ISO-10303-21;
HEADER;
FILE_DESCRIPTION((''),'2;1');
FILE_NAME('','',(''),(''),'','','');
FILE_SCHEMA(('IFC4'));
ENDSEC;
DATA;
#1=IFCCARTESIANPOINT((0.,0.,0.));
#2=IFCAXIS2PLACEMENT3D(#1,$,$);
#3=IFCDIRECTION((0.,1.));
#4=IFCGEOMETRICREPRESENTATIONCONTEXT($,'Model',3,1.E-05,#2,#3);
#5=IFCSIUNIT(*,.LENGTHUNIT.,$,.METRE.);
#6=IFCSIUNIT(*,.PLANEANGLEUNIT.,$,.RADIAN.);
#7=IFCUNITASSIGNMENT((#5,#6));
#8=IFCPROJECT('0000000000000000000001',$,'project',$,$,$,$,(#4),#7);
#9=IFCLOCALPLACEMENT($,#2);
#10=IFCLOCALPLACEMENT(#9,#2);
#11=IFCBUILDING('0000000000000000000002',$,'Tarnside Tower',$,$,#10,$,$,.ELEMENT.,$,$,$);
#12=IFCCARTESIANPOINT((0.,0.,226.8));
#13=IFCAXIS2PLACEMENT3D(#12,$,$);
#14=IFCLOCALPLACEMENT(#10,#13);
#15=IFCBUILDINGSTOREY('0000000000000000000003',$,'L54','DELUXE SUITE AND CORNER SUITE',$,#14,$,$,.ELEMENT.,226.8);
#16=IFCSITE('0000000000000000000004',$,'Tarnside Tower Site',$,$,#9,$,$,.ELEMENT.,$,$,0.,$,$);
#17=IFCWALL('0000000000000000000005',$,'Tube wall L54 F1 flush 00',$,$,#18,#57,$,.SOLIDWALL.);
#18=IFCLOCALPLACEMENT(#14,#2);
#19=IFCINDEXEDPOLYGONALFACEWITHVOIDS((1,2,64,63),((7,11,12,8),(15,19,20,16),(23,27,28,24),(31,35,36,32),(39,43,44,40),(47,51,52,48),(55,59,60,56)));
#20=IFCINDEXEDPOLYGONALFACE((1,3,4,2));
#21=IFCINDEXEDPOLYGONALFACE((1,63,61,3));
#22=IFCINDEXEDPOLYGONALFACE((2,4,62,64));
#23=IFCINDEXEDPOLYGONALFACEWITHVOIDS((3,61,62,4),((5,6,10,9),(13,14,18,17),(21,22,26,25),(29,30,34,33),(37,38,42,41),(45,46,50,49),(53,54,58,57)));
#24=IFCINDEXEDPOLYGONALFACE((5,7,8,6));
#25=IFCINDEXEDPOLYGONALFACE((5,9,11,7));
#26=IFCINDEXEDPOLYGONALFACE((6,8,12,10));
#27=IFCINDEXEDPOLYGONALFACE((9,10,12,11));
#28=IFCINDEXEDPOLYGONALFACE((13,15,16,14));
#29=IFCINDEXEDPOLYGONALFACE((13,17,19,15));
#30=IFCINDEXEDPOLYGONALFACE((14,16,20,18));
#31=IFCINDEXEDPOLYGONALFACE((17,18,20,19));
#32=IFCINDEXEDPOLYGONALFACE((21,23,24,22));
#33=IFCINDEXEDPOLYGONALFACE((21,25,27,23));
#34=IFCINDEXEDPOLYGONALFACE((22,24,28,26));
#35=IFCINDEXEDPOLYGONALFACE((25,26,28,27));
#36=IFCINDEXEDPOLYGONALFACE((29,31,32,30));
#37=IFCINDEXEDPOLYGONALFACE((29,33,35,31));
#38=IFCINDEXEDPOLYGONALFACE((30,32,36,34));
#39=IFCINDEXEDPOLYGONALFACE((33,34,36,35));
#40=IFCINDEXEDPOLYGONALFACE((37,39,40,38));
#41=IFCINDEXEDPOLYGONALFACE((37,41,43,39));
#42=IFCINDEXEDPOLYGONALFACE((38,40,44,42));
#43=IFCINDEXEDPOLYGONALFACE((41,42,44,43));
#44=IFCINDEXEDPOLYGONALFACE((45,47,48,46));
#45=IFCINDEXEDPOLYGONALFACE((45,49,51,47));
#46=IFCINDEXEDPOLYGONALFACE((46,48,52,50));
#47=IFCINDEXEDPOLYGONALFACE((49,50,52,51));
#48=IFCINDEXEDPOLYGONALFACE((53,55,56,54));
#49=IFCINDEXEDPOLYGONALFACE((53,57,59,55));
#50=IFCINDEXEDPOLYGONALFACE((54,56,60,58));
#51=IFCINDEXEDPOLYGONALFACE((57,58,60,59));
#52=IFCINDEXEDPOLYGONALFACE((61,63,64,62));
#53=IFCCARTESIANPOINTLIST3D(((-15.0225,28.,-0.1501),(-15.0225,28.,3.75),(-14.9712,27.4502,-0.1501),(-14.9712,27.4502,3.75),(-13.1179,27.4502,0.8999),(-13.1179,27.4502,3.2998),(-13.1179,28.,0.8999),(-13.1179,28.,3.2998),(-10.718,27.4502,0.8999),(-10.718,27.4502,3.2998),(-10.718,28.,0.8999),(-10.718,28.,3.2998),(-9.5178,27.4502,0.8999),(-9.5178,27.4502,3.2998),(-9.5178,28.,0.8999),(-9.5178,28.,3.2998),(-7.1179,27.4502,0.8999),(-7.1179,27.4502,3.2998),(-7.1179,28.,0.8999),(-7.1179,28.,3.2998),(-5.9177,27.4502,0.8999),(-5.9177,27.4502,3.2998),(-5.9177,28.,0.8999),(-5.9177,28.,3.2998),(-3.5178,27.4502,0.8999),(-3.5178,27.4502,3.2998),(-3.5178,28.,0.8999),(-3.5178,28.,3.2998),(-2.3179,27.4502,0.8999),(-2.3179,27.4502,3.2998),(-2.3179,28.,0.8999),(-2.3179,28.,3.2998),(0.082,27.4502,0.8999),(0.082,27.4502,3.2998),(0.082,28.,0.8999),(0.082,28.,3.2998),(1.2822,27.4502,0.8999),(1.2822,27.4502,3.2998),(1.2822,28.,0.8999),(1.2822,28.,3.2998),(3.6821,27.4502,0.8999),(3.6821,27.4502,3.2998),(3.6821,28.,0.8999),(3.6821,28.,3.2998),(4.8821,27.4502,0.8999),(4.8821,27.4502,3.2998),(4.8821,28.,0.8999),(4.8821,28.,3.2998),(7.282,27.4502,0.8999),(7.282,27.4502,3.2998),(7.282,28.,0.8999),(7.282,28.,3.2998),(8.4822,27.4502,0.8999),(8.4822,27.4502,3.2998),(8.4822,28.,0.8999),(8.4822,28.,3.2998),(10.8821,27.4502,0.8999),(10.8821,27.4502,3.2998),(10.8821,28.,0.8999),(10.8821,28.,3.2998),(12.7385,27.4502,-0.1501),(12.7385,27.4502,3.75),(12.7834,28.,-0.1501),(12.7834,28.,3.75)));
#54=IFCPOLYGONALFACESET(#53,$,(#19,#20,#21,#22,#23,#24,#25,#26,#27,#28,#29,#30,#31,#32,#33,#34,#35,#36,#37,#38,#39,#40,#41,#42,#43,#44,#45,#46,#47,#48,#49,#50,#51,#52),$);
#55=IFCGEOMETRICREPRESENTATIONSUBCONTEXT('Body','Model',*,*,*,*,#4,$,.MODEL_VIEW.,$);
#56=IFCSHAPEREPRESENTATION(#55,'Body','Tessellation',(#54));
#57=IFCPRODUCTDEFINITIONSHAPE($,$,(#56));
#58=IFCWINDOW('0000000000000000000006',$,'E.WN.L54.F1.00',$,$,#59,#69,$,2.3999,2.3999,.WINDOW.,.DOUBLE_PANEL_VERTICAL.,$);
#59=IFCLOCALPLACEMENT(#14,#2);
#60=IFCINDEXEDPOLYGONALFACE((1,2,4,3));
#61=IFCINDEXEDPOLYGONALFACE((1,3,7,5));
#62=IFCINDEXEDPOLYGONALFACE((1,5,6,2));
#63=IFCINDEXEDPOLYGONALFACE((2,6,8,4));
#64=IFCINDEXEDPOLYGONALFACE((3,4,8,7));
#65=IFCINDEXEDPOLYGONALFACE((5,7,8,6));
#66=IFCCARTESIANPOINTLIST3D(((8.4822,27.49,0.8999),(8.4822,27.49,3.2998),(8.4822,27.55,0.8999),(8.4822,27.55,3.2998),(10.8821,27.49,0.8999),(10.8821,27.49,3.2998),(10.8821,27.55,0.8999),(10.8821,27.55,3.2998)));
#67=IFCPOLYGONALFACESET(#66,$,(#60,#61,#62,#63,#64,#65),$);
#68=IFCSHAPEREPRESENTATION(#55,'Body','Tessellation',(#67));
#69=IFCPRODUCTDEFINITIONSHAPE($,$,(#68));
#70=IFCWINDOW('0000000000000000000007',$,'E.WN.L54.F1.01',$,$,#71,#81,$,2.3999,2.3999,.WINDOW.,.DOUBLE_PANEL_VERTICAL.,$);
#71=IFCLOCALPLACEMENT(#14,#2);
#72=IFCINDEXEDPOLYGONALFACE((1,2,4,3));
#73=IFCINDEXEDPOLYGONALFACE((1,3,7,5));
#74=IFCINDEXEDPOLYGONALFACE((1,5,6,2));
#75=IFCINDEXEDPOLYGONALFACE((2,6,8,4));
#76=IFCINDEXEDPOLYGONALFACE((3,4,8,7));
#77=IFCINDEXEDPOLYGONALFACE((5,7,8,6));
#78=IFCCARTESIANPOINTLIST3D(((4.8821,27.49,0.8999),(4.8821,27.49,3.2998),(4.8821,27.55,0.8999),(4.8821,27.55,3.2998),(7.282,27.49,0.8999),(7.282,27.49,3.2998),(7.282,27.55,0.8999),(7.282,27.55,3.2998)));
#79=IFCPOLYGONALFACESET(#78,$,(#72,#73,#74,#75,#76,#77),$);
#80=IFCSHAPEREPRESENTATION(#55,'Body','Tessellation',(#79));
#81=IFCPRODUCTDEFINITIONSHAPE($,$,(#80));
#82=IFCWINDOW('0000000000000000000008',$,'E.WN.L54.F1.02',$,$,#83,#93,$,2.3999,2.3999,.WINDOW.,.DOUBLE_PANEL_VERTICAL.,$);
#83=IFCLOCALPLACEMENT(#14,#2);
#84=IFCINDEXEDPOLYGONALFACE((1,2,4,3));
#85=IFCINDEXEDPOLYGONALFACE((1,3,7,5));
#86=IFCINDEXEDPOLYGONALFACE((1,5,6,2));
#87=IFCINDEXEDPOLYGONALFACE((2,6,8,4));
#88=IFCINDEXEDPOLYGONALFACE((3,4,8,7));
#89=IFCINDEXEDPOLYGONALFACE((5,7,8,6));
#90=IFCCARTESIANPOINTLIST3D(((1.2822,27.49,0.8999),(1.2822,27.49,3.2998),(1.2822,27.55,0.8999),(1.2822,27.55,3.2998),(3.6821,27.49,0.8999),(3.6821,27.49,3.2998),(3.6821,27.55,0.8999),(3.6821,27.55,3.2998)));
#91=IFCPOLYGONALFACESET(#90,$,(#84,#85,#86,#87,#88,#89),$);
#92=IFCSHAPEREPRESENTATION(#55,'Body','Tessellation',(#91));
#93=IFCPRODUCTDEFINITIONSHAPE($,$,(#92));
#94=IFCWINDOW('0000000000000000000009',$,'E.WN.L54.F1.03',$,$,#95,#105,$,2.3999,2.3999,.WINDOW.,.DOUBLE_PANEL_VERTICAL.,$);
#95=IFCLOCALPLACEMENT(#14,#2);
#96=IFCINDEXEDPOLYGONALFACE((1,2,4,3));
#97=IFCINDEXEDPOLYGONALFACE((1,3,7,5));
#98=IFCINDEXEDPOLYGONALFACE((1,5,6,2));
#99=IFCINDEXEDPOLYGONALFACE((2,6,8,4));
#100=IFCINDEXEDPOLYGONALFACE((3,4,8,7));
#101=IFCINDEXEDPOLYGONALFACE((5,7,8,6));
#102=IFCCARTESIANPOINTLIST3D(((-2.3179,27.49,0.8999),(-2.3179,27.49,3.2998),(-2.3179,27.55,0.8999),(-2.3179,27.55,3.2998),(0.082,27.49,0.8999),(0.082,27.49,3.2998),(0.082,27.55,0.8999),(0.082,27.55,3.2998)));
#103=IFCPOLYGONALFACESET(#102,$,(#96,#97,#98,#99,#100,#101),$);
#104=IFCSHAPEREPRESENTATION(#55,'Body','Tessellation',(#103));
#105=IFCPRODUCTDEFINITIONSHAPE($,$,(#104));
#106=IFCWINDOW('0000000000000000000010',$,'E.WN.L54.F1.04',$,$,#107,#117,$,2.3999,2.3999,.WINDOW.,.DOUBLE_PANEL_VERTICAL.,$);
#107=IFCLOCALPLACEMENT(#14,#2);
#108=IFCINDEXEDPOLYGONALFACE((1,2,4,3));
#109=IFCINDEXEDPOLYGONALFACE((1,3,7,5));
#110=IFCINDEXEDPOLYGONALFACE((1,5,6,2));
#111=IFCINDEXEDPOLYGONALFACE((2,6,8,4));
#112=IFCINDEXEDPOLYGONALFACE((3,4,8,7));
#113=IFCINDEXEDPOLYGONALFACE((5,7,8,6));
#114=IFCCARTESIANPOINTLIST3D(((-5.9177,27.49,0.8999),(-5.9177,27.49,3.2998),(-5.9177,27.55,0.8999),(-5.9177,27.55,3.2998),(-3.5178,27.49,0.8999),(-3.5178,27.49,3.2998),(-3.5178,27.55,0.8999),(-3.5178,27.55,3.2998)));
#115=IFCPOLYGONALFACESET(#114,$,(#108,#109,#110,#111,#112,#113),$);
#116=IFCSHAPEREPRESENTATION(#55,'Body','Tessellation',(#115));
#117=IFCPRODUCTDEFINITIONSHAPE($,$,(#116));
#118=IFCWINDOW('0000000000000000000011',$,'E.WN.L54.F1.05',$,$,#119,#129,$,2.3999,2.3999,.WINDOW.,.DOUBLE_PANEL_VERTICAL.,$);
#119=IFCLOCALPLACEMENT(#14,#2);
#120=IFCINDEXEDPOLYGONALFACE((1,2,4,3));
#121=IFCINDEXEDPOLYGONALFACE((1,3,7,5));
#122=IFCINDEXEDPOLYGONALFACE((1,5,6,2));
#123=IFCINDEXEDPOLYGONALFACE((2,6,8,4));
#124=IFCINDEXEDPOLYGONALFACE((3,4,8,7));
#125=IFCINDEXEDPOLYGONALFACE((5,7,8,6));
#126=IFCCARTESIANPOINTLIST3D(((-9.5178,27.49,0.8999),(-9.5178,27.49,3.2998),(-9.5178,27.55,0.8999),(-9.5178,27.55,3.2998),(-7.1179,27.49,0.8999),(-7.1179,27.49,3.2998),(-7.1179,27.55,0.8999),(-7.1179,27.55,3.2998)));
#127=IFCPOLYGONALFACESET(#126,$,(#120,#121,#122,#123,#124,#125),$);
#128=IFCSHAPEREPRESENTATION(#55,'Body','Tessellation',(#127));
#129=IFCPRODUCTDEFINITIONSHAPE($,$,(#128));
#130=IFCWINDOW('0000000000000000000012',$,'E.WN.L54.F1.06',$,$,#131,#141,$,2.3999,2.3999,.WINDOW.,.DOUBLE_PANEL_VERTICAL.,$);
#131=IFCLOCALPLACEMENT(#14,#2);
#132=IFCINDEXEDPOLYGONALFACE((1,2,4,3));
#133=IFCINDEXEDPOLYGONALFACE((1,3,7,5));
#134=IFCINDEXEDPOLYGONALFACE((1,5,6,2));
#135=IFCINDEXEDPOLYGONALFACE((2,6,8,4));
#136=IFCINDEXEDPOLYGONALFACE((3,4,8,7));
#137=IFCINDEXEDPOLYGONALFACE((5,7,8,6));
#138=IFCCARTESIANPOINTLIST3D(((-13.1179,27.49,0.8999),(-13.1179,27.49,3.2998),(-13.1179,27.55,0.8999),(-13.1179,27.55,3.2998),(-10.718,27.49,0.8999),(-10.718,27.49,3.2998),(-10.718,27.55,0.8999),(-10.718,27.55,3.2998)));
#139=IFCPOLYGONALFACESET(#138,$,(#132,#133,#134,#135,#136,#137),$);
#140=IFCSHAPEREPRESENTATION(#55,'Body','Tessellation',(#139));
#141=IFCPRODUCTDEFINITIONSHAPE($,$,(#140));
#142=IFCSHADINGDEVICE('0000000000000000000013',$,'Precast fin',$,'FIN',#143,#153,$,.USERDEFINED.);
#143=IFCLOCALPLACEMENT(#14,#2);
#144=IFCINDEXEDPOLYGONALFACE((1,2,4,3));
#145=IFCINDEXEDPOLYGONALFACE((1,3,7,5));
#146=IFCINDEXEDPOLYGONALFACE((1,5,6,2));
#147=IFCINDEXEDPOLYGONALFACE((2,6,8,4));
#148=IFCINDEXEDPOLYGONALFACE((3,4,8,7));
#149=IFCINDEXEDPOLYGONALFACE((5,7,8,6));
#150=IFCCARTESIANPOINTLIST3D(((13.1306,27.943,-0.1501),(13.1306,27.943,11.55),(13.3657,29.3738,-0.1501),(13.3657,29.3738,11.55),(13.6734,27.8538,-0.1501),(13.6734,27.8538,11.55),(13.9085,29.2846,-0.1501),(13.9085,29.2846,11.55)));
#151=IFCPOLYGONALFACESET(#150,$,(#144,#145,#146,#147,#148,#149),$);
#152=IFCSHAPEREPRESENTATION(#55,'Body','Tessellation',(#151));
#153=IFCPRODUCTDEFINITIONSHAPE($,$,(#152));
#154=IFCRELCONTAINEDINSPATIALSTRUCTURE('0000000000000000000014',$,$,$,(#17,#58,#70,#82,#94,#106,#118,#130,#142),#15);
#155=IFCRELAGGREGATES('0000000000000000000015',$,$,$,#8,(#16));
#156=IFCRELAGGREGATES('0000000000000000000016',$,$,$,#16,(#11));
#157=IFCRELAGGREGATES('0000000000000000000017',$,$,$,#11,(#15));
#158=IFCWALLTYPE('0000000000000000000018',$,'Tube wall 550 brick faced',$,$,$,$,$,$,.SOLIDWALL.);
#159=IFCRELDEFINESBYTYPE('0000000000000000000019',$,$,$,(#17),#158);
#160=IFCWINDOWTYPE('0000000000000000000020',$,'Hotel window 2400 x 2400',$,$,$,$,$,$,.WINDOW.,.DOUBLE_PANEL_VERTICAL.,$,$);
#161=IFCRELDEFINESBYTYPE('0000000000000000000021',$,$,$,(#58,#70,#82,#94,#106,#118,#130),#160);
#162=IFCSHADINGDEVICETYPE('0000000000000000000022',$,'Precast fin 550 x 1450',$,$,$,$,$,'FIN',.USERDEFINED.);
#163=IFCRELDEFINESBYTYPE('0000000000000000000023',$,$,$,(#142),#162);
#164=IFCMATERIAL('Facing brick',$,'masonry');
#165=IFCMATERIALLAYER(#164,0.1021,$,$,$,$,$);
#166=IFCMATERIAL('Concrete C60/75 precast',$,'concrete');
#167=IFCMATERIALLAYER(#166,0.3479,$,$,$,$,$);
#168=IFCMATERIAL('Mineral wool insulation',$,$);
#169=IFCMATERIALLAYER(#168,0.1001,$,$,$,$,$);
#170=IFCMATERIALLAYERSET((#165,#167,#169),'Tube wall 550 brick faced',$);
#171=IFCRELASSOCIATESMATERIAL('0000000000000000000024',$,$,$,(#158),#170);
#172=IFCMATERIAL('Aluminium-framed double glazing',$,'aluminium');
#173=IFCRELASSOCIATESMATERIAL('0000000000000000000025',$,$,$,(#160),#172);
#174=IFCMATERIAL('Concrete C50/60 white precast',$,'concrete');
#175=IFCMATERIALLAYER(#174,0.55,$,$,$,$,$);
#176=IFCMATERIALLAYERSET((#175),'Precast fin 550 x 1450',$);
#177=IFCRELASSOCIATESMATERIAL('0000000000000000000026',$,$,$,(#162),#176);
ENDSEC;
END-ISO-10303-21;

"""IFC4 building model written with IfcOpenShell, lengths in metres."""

from ifc_helpers import new_model, si_unit, direction, frame, frame_2d, origin, place, context, subcontext, project, spatial, polyline, rectangle, outline, extrude, material, layer, layer_set, type_object, element, fill, save


model = new_model("IFC4")

# Units and contexts
model_context = context("Model", 3, precision=1e-05, world=origin(), true_north=direction((0.0, 1.0)))
body_context = subcontext(model_context, "Body", "Model", "MODEL_VIEW")
ifc_project = project(units=[si_unit("LENGTHUNIT", "METRE"), si_unit("PLANEANGLEUNIT", "RADIAN")], contexts=[model_context])

# Site, building, storey
site_placement = place(None, origin())
site = spatial("IfcSite", under=ifc_project, at=site_placement, Name="Tarnside Tower Site", CompositionType="ELEMENT", RefElevation=0.0)
building_placement = place(site_placement, origin())
building = spatial("IfcBuilding", under=site, at=building_placement, Name="Tarnside Tower", CompositionType="ELEMENT")
storey_placement = place(building_placement, frame((0.0, 0.0, 226.8)))
storey = spatial("IfcBuildingStorey", under=building, at=storey_placement, Name="L54", Description="DELUXE SUITE AND CORNER SUITE", CompositionType="ELEMENT", Elevation=226.8)

# Wall, openings, windows
ifc_material_1 = material(Name="Facing brick", Category="masonry")
ifc_layer_1 = layer(ifc_material_1, 0.1021)
ifc_material_2 = material(Name="Concrete C60/75 precast", Category="concrete")
ifc_layer_2 = layer(ifc_material_2, 0.3479)
ifc_material_3 = material(Name="Mineral wool insulation")
ifc_layer_3 = layer(ifc_material_3, 0.1001)
ifc_layer_set_1 = layer_set([ifc_layer_1, ifc_layer_2, ifc_layer_3], Name="Tube wall 550 brick faced")
wall_type = type_object("IfcWallType", Name="Tube wall 550 brick faced", PredefinedType="SOLIDWALL", material=ifc_layer_set_1)
wall_placement = place(storey_placement, frame((12.761, 27.7251, -0.1501), z_axis=(0.0, 0.0, 1.0), x_axis=(-1.0, 0.0, 0.0)))
wall = element("IfcWall", 1, at=wall_placement, inside=storey, type_object=wall_type, Name="Tube wall L54 F1 flush 00", PredefinedType="SOLIDWALL", context=body_context, shape_type="SweptSolid", body=[
    extrude(outline(polyline([(-0.0225, -0.2749), (27.7834, -0.2749), (27.7322, 0.2749), (0.0225, 0.2749), (-0.0225, -0.2749)])), origin(), (0.0, 0.0, 1.0), 3.9001),
])
opening_1_placement = place(wall_placement, frame((1.8789, 0.0, 1.05)))
opening_1 = element("IfcOpeningElement", 2, at=opening_1_placement, cuts=wall, PredefinedType="OPENING", context=body_context, shape_type="SweptSolid", body=[
    extrude(rectangle(XDim=2.3999, YDim=2.3999, at=frame_2d((1.2, 1.2))), frame((0.0, 0.2852, 0.0), z_axis=(0.0, -1.0, 0.0), x_axis=(1.0, 0.0, 0.0)), (0.0, 0.0, 1.0), 0.5701),
])
opening_2_placement = place(wall_placement, frame((5.479, 0.0, 1.05)))
opening_2 = element("IfcOpeningElement", 3, at=opening_2_placement, cuts=wall, PredefinedType="OPENING", context=body_context, shape_type="SweptSolid", body=[
    extrude(rectangle(XDim=2.3999, YDim=2.3999, at=frame_2d((1.2, 1.2))), frame((0.0, 0.2852, 0.0), z_axis=(0.0, -1.0, 0.0), x_axis=(1.0, 0.0, 0.0)), (0.0, 0.0, 1.0), 0.5701),
])
opening_3_placement = place(wall_placement, frame((9.0789, 0.0, 1.05)))
opening_3 = element("IfcOpeningElement", 4, at=opening_3_placement, cuts=wall, PredefinedType="OPENING", context=body_context, shape_type="SweptSolid", body=[
    extrude(rectangle(XDim=2.3999, YDim=2.3999, at=frame_2d((1.2, 1.2))), frame((0.0, 0.2852, 0.0), z_axis=(0.0, -1.0, 0.0), x_axis=(1.0, 0.0, 0.0)), (0.0, 0.0, 1.0), 0.5701),
])
opening_4_placement = place(wall_placement, frame((12.679, 0.0, 1.05)))
opening_4 = element("IfcOpeningElement", 5, at=opening_4_placement, cuts=wall, PredefinedType="OPENING", context=body_context, shape_type="SweptSolid", body=[
    extrude(rectangle(XDim=2.3999, YDim=2.3999, at=frame_2d((1.2, 1.2))), frame((0.0, 0.2852, 0.0), z_axis=(0.0, -1.0, 0.0), x_axis=(1.0, 0.0, 0.0)), (0.0, 0.0, 1.0), 0.5701),
])
opening_5_placement = place(wall_placement, frame((16.2788, 0.0, 1.05)))
opening_5 = element("IfcOpeningElement", 6, at=opening_5_placement, cuts=wall, PredefinedType="OPENING", context=body_context, shape_type="SweptSolid", body=[
    extrude(rectangle(XDim=2.3999, YDim=2.3999, at=frame_2d((1.2, 1.2))), frame((0.0, 0.2852, 0.0), z_axis=(0.0, -1.0, 0.0), x_axis=(1.0, 0.0, 0.0)), (0.0, 0.0, 1.0), 0.5701),
])
opening_6_placement = place(wall_placement, frame((19.8789, 0.0, 1.05)))
opening_6 = element("IfcOpeningElement", 7, at=opening_6_placement, cuts=wall, PredefinedType="OPENING", context=body_context, shape_type="SweptSolid", body=[
    extrude(rectangle(XDim=2.3999, YDim=2.3999, at=frame_2d((1.2, 1.2))), frame((0.0, 0.2852, 0.0), z_axis=(0.0, -1.0, 0.0), x_axis=(1.0, 0.0, 0.0)), (0.0, 0.0, 1.0), 0.5701),
])
opening_7_placement = place(wall_placement, frame((23.479, 0.0, 1.05)))
opening_7 = element("IfcOpeningElement", 8, at=opening_7_placement, cuts=wall, PredefinedType="OPENING", context=body_context, shape_type="SweptSolid", body=[
    extrude(rectangle(XDim=2.3999, YDim=2.3999, at=frame_2d((1.2, 1.2))), frame((0.0, 0.2852, 0.0), z_axis=(0.0, -1.0, 0.0), x_axis=(1.0, 0.0, 0.0)), (0.0, 0.0, 1.0), 0.5701),
])
ifc_material_4 = material(Name="Aluminium-framed double glazing", Category="aluminium")
window_type = type_object("IfcWindowType", Name="Hotel window 2400 x 2400", PartitioningType="DOUBLE_PANEL_VERTICAL", PredefinedType="WINDOW", material=ifc_material_4)
window_1_placement = place(opening_1_placement, frame((0.0, 0.2051, 0.0)))
window_1 = element("IfcWindow", 9, at=window_1_placement, inside=storey, type_object=window_type, Name="E.WN.L54.F1.00", OverallHeight=2.3999, OverallWidth=2.3999, PartitioningType="DOUBLE_PANEL_VERTICAL", PredefinedType="WINDOW", context=body_context, shape_type="SweptSolid", body=[
    extrude(rectangle(XDim=2.3999, YDim=2.3999, at=frame_2d((1.2, 1.2))), frame((0.0, 0.03, 0.0), z_axis=(0.0, -1.0, 0.0), x_axis=(1.0, 0.0, 0.0)), (0.0, 0.0, 1.0), 0.0601),
])
fill(opening_1, window_1)
window_2_placement = place(opening_2_placement, frame((0.0, 0.2051, 0.0)))
window_2 = element("IfcWindow", 10, at=window_2_placement, inside=storey, type_object=window_type, Name="E.WN.L54.F1.01", OverallHeight=2.3999, OverallWidth=2.3999, PartitioningType="DOUBLE_PANEL_VERTICAL", PredefinedType="WINDOW", context=body_context, shape_type="SweptSolid", body=[
    extrude(rectangle(XDim=2.3999, YDim=2.3999, at=frame_2d((1.2, 1.2))), frame((0.0, 0.03, 0.0), z_axis=(0.0, -1.0, 0.0), x_axis=(1.0, 0.0, 0.0)), (0.0, 0.0, 1.0), 0.0601),
])
fill(opening_2, window_2)
window_3_placement = place(opening_3_placement, frame((0.0, 0.2051, 0.0)))
window_3 = element("IfcWindow", 11, at=window_3_placement, inside=storey, type_object=window_type, Name="E.WN.L54.F1.02", OverallHeight=2.3999, OverallWidth=2.3999, PartitioningType="DOUBLE_PANEL_VERTICAL", PredefinedType="WINDOW", context=body_context, shape_type="SweptSolid", body=[
    extrude(rectangle(XDim=2.3999, YDim=2.3999, at=frame_2d((1.2, 1.2))), frame((0.0, 0.03, 0.0), z_axis=(0.0, -1.0, 0.0), x_axis=(1.0, 0.0, 0.0)), (0.0, 0.0, 1.0), 0.0601),
])
fill(opening_3, window_3)
window_4_placement = place(opening_4_placement, frame((0.0, 0.2051, 0.0)))
window_4 = element("IfcWindow", 12, at=window_4_placement, inside=storey, type_object=window_type, Name="E.WN.L54.F1.03", OverallHeight=2.3999, OverallWidth=2.3999, PartitioningType="DOUBLE_PANEL_VERTICAL", PredefinedType="WINDOW", context=body_context, shape_type="SweptSolid", body=[
    extrude(rectangle(XDim=2.3999, YDim=2.3999, at=frame_2d((1.2, 1.2))), frame((0.0, 0.03, 0.0), z_axis=(0.0, -1.0, 0.0), x_axis=(1.0, 0.0, 0.0)), (0.0, 0.0, 1.0), 0.0601),
])
fill(opening_4, window_4)
window_5_placement = place(opening_5_placement, frame((0.0, 0.2051, 0.0)))
window_5 = element("IfcWindow", 13, at=window_5_placement, inside=storey, type_object=window_type, Name="E.WN.L54.F1.04", OverallHeight=2.3999, OverallWidth=2.3999, PartitioningType="DOUBLE_PANEL_VERTICAL", PredefinedType="WINDOW", context=body_context, shape_type="SweptSolid", body=[
    extrude(rectangle(XDim=2.3999, YDim=2.3999, at=frame_2d((1.2, 1.2))), frame((0.0, 0.03, 0.0), z_axis=(0.0, -1.0, 0.0), x_axis=(1.0, 0.0, 0.0)), (0.0, 0.0, 1.0), 0.0601),
])
fill(opening_5, window_5)
window_6_placement = place(opening_6_placement, frame((0.0, 0.2051, 0.0)))
window_6 = element("IfcWindow", 14, at=window_6_placement, inside=storey, type_object=window_type, Name="E.WN.L54.F1.05", OverallHeight=2.3999, OverallWidth=2.3999, PartitioningType="DOUBLE_PANEL_VERTICAL", PredefinedType="WINDOW", context=body_context, shape_type="SweptSolid", body=[
    extrude(rectangle(XDim=2.3999, YDim=2.3999, at=frame_2d((1.2, 1.2))), frame((0.0, 0.03, 0.0), z_axis=(0.0, -1.0, 0.0), x_axis=(1.0, 0.0, 0.0)), (0.0, 0.0, 1.0), 0.0601),
])
fill(opening_6, window_6)
window_7_placement = place(opening_7_placement, frame((0.0, 0.2051, 0.0)))
window_7 = element("IfcWindow", 15, at=window_7_placement, inside=storey, type_object=window_type, Name="E.WN.L54.F1.06", OverallHeight=2.3999, OverallWidth=2.3999, PartitioningType="DOUBLE_PANEL_VERTICAL", PredefinedType="WINDOW", context=body_context, shape_type="SweptSolid", body=[
    extrude(rectangle(XDim=2.3999, YDim=2.3999, at=frame_2d((1.2, 1.2))), frame((0.0, 0.03, 0.0), z_axis=(0.0, -1.0, 0.0), x_axis=(1.0, 0.0, 0.0)), (0.0, 0.0, 1.0), 0.0601),
])
fill(opening_7, window_7)

# Shading device
ifc_material_5 = material(Name="Concrete C50/60 white precast", Category="concrete")
ifc_layer_4 = layer(ifc_material_5, 0.55)
ifc_layer_set_2 = layer_set([ifc_layer_4], Name="Precast fin 550 x 1450")
shading_device_type_1 = type_object("IfcShadingDeviceType", Name="Precast fin 550 x 1450", ElementType="FIN", PredefinedType="USERDEFINED", material=ifc_layer_set_2)
shading_device_placement = place(storey_placement, frame((13.4019, 27.8984, -0.1501), z_axis=(0.986762, -0.162178, 0.0), x_axis=(0.162178, 0.986762, 0.0)))
element("IfcShadingDevice", 16, at=shading_device_placement, inside=storey, type_object=shading_device_type_1, Name="Precast fin", ObjectType="FIN", PredefinedType="USERDEFINED", context=body_context, shape_type="SweptSolid", body=[
    extrude(outline(polyline([(0.0, 0.0), (1.45, 0.0), (1.45, 11.7002), (0.0, 11.7002), (0.0, 0.0)])), frame((0.0, 0.0, -0.2749)), (0.0, 0.0, 1.0), 0.55),
])

save(model, "model.ifc")
